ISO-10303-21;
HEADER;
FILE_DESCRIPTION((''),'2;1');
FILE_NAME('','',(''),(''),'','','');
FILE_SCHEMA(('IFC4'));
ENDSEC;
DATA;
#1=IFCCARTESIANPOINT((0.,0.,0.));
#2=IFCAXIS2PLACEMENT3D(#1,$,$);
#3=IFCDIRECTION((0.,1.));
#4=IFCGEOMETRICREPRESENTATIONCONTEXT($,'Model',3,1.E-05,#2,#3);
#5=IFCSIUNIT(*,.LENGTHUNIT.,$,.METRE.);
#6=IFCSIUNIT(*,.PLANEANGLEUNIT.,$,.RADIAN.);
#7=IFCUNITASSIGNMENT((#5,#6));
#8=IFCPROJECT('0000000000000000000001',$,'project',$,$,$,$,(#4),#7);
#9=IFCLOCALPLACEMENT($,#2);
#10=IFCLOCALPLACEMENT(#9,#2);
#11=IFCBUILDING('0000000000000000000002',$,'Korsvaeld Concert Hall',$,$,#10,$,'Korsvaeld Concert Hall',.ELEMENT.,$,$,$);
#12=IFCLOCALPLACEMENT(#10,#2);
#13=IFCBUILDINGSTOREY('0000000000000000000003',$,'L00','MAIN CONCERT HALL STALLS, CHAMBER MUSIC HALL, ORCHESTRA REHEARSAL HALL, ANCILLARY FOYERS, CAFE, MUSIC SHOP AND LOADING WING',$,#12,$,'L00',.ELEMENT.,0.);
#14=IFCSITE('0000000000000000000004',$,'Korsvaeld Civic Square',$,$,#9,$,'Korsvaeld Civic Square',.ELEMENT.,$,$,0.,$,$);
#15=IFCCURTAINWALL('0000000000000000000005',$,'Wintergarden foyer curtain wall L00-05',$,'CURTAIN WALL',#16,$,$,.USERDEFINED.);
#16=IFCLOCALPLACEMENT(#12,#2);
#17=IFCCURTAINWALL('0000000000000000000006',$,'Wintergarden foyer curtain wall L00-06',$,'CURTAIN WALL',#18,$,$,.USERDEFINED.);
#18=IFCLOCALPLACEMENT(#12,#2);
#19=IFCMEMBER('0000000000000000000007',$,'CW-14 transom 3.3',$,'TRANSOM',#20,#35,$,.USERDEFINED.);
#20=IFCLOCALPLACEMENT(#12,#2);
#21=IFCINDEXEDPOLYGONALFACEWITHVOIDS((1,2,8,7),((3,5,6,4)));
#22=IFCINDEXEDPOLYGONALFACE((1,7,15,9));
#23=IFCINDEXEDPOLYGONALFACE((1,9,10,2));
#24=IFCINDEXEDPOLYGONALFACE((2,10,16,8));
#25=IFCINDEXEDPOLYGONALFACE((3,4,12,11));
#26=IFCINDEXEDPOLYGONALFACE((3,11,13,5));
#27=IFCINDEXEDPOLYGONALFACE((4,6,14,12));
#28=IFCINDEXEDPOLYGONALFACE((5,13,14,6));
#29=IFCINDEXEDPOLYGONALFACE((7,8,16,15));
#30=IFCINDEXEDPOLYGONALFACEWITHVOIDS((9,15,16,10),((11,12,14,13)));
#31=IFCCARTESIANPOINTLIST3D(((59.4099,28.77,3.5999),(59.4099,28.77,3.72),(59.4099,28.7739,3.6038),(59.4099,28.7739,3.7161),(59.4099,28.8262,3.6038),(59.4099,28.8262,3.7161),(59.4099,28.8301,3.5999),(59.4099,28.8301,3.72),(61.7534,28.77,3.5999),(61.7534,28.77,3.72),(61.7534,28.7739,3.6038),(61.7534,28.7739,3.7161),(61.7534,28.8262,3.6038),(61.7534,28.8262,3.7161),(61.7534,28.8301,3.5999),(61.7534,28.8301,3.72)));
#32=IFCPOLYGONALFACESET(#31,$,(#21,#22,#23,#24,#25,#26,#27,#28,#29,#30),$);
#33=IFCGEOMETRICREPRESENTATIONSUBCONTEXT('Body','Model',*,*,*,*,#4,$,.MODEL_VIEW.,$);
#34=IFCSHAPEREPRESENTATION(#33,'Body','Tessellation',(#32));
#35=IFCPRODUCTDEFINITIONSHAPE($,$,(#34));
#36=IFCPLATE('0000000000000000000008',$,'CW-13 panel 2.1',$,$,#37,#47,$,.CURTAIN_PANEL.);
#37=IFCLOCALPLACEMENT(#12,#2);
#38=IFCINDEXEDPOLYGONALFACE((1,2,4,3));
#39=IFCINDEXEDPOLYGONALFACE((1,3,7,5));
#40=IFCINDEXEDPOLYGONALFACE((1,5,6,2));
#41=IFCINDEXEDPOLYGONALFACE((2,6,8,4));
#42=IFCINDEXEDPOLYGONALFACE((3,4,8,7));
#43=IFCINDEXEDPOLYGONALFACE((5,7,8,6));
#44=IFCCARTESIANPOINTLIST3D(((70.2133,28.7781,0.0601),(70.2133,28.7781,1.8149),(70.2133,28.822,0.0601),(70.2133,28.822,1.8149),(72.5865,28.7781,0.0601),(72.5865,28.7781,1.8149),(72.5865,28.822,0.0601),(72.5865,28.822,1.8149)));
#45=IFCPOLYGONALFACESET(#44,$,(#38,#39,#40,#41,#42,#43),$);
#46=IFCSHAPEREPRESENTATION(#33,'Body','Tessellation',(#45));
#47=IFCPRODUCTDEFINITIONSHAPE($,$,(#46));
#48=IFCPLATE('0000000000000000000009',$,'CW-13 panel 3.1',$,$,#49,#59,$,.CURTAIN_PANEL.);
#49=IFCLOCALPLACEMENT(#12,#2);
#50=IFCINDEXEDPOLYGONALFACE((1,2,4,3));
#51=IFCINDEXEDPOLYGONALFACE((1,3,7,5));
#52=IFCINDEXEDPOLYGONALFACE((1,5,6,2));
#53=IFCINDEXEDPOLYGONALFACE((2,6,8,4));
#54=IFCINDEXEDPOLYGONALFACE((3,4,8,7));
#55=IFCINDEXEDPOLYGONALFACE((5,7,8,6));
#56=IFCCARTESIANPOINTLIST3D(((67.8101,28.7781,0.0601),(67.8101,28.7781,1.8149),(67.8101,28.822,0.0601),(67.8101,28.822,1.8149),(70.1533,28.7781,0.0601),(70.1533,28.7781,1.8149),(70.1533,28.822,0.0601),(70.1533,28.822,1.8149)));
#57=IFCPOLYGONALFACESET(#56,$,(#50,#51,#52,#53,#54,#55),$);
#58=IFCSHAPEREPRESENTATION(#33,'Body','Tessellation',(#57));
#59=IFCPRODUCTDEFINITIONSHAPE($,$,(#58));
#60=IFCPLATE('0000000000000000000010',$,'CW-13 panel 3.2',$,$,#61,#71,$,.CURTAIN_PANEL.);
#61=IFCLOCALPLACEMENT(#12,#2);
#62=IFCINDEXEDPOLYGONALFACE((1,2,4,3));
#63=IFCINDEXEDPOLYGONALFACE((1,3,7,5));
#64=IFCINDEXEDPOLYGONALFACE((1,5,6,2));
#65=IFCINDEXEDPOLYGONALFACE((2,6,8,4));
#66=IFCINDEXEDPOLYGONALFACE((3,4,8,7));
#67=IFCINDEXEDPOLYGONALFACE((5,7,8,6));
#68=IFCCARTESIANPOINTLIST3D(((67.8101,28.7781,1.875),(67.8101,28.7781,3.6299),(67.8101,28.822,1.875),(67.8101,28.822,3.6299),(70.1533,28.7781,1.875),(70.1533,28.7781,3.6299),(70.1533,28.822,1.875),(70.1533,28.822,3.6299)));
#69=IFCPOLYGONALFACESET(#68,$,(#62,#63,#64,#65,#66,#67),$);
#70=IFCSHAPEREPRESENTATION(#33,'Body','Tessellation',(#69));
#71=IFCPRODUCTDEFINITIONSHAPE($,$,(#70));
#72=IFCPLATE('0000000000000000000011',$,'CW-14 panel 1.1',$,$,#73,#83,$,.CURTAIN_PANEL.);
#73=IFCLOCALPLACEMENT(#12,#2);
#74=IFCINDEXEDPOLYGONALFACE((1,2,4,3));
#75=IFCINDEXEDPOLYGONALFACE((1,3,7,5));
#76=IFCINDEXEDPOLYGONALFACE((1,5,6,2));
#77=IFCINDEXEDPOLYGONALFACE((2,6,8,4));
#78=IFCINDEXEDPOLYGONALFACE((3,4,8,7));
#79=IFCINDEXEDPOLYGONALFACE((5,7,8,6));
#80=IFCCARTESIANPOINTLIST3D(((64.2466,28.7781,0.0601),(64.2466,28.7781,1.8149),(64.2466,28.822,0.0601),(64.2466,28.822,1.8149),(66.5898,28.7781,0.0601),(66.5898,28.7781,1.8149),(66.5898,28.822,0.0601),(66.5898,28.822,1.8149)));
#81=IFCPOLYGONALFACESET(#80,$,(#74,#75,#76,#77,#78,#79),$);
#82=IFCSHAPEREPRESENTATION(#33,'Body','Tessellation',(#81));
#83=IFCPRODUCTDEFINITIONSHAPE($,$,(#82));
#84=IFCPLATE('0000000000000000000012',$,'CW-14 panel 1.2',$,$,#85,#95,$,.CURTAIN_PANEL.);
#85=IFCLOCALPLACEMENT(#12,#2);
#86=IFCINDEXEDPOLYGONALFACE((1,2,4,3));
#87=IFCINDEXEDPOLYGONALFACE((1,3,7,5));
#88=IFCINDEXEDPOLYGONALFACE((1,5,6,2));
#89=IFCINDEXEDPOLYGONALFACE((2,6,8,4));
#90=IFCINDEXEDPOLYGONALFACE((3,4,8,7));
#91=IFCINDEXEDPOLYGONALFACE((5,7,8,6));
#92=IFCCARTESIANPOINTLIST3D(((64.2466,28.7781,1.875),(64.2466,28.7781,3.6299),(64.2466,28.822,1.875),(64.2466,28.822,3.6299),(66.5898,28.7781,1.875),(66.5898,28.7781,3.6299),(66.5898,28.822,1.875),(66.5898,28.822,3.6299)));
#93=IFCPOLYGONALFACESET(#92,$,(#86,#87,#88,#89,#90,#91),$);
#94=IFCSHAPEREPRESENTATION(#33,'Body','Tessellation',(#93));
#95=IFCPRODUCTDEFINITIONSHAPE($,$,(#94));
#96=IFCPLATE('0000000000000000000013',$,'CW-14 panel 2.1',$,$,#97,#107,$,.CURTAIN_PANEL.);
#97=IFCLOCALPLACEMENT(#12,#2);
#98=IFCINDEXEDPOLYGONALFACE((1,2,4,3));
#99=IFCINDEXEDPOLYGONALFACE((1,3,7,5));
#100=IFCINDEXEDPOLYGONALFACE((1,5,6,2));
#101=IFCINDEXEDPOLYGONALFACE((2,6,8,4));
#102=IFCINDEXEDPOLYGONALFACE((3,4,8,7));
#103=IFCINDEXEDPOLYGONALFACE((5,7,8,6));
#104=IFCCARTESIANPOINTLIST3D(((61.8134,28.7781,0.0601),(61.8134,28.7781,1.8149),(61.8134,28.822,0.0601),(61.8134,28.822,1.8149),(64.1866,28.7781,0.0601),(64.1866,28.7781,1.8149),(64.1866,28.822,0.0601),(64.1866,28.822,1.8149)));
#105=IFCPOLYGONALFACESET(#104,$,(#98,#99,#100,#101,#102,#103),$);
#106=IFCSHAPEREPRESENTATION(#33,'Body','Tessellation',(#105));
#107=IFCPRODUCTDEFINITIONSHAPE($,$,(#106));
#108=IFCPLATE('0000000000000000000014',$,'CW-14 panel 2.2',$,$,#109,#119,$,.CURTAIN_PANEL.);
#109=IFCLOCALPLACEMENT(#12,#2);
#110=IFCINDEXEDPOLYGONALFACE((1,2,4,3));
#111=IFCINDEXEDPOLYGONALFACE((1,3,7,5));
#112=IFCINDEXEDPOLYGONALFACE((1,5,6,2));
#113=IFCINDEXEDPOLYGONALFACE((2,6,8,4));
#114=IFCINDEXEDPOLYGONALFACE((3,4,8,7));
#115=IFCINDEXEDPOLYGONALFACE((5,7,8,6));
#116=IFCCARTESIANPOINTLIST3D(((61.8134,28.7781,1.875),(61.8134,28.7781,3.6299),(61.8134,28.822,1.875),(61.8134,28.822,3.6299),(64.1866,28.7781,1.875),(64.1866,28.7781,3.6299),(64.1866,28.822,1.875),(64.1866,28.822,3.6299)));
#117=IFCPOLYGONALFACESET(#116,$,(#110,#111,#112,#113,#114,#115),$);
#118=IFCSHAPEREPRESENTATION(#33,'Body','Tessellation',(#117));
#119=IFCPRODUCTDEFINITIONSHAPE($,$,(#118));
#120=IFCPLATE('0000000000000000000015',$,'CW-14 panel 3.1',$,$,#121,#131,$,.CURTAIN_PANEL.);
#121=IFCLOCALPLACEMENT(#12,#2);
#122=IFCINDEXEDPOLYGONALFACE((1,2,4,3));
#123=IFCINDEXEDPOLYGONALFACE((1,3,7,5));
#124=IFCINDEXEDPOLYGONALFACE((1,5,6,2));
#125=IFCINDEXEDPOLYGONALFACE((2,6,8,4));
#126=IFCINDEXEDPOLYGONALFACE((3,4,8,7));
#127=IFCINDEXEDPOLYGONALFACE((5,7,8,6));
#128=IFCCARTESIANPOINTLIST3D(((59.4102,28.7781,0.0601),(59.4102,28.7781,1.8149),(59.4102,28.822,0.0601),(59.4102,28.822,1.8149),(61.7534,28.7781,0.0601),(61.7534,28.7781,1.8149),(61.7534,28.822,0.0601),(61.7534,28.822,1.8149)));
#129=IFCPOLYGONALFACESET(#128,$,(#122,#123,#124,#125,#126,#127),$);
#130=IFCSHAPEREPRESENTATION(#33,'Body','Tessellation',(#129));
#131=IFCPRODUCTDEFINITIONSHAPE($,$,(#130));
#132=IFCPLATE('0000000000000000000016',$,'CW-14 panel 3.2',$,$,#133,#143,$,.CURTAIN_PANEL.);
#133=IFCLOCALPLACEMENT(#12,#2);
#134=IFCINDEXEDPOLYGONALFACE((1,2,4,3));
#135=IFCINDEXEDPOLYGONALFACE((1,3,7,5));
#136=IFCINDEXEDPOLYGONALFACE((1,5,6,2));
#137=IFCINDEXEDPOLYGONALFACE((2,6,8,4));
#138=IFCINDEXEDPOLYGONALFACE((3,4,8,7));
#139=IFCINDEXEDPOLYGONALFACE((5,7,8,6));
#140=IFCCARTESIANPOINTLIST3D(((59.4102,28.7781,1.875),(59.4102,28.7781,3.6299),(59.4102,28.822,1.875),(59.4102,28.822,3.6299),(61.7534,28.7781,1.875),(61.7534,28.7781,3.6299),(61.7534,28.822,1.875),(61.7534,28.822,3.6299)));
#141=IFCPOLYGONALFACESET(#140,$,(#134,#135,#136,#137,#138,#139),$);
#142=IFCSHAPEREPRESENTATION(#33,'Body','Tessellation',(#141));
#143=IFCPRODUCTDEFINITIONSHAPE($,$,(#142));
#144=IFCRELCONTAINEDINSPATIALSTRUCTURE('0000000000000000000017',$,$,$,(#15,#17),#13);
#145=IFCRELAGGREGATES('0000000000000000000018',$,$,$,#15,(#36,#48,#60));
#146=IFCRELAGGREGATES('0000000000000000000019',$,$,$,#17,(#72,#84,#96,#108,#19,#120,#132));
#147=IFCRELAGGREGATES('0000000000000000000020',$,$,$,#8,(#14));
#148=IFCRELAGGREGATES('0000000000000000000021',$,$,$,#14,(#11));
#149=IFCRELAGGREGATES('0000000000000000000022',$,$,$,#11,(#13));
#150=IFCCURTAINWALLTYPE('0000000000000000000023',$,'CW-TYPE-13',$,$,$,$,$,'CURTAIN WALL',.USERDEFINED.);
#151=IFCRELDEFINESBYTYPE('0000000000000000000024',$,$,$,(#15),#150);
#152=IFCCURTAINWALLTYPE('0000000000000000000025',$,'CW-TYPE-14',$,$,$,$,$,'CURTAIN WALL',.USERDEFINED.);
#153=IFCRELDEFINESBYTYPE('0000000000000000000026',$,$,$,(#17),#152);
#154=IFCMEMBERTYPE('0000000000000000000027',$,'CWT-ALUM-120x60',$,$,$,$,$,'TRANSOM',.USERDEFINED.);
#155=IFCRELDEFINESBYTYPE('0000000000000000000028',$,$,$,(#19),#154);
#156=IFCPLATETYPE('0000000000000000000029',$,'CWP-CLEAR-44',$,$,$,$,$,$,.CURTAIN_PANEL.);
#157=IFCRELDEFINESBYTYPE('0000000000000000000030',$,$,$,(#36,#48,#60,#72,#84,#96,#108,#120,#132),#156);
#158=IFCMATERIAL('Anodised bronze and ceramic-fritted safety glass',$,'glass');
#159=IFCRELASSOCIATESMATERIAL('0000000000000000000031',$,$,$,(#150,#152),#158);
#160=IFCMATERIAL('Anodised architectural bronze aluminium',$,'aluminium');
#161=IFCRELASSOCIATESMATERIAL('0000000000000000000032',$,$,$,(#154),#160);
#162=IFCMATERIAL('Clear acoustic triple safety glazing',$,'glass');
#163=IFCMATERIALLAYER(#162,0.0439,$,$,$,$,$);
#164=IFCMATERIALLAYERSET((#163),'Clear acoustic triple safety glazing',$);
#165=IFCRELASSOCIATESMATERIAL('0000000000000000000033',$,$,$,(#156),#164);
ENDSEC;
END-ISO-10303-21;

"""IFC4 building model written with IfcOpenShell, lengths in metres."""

from ifc_helpers import new_model, si_unit, direction, frame, origin, origin_2d, place, context, subcontext, project, spatial, rectangle, hollow_rectangle, extrude, material, layer, layer_set, material_profile, profile_set, type_object, element, aggregate, save


model = new_model("IFC4")

# Units and contexts
model_context = context("Model", 3, precision=1e-05, world=origin(), true_north=direction((0.0, 1.0)))
body_context = subcontext(model_context, "Body", "Model", "MODEL_VIEW")
ifc_project = project(units=[si_unit("LENGTHUNIT", "METRE"), si_unit("PLANEANGLEUNIT", "RADIAN")], contexts=[model_context])

# Site, building, storey
site_placement = place(None, origin())
site = spatial("IfcSite", under=ifc_project, at=site_placement, Name="Korsvaeld Civic Square", LongName="Korsvaeld Civic Square", CompositionType="ELEMENT", RefElevation=0.0)
building_placement = place(site_placement, origin())
building = spatial("IfcBuilding", under=site, at=building_placement, Name="Korsvaeld Concert Hall", LongName="Korsvaeld Concert Hall", CompositionType="ELEMENT")
storey_placement = place(building_placement, origin())
storey = spatial("IfcBuildingStorey", under=building, at=storey_placement, Name="L00", Description="MAIN CONCERT HALL STALLS, CHAMBER MUSIC HALL, ORCHESTRA REHEARSAL HALL, ANCILLARY FOYERS, CAFE, MUSIC SHOP AND LOADING WING", LongName="L00", CompositionType="ELEMENT", Elevation=0.0)

# Curtain walls
ifc_material_1 = material(Name="Anodised bronze and ceramic-fritted safety glass", Category="glass")
curtain_wall_type_1 = type_object("IfcCurtainWallType", Name="CW-TYPE-13", ElementType="CURTAIN WALL", PredefinedType="USERDEFINED", material=ifc_material_1)
curtain_wall_1_placement = place(storey_placement, origin())
curtain_wall_1 = element("IfcCurtainWall", 1, at=curtain_wall_1_placement, inside=storey, type_object=curtain_wall_type_1, Name="Wintergarden foyer curtain wall L00-05", ObjectType="CURTAIN WALL", PredefinedType="USERDEFINED")
ifc_material_2 = material(Name="Anodised architectural bronze aluminium", Category="aluminium")
curtain_wall_type_2 = type_object("IfcCurtainWallType", Name="CW-TYPE-14", ElementType="CURTAIN WALL", PredefinedType="USERDEFINED", material=ifc_material_1)
curtain_wall_2_placement = place(storey_placement, origin())
curtain_wall_2 = element("IfcCurtainWall", 2, at=curtain_wall_2_placement, inside=storey, type_object=curtain_wall_type_2, Name="Wintergarden foyer curtain wall L00-06", ObjectType="CURTAIN WALL", PredefinedType="USERDEFINED")

# Member
ifc_material_profile_1 = material_profile(ifc_material_2, hollow_rectangle(XDim=0.0601, YDim=0.1201, WallThickness=0.0039, at=origin_2d()), Name="CWT 120x60x4")
ifc_profile_set_1 = profile_set([ifc_material_profile_1], Name="Anodised architectural bronze aluminium")
member_type_1 = type_object("IfcMemberType", Name="CWT-ALUM-120x60", ElementType="TRANSOM", PredefinedType="USERDEFINED", material=ifc_profile_set_1)
member_1_placement = place(storey_placement, frame((61.7534, 28.8, 3.6599), z_axis=(-1.0, 0.0, 0.0), x_axis=(0.0, -1.0, 0.0)))
member_1 = element("IfcMember", 3, at=member_1_placement, type_object=member_type_1, Name="CW-14 transom 3.3", ObjectType="TRANSOM", PredefinedType="USERDEFINED", context=body_context, shape_type="SweptSolid", body=[
    extrude(hollow_rectangle(XDim=0.0601, YDim=0.1201, WallThickness=0.0039, at=origin_2d()), origin(), (0.0, 0.0, 1.0), 2.3435),
])

# Plates
ifc_material_3 = material(Name="Clear acoustic triple safety glazing", Category="glass")
ifc_layer = layer(ifc_material_3, 0.0439)
ifc_layer_set = layer_set([ifc_layer], Name="Clear acoustic triple safety glazing")
plate_type = type_object("IfcPlateType", Name="CWP-CLEAR-44", PredefinedType="CURTAIN_PANEL", material=ifc_layer_set)
plate_1_placement = place(storey_placement, frame((71.3999, 28.8, 0.0601), z_axis=(0.0, 0.0, 1.0), x_axis=(-1.0, 0.0, 0.0)))
plate_1 = element("IfcPlate", 4, at=plate_1_placement, type_object=plate_type, Name="CW-13 panel 2.1", PredefinedType="CURTAIN_PANEL", context=body_context, shape_type="SweptSolid", body=[
    extrude(rectangle(XDim=2.3733, YDim=0.0439, at=origin_2d()), origin(), (0.0, 0.0, 1.0), 1.7549),
])
plate_2_placement = place(storey_placement, frame((68.9817, 28.8, 0.0601), z_axis=(0.0, 0.0, 1.0), x_axis=(-1.0, 0.0, 0.0)))
plate_2 = element("IfcPlate", 5, at=plate_2_placement, type_object=plate_type, Name="CW-13 panel 3.1", PredefinedType="CURTAIN_PANEL", context=body_context, shape_type="SweptSolid", body=[
    extrude(rectangle(XDim=2.3433, YDim=0.0439, at=origin_2d()), origin(), (0.0, 0.0, 1.0), 1.7549),
])
plate_3_placement = place(storey_placement, frame((68.9817, 28.8, 1.875), z_axis=(0.0, 0.0, 1.0), x_axis=(-1.0, 0.0, 0.0)))
plate_3 = element("IfcPlate", 6, at=plate_3_placement, type_object=plate_type, Name="CW-13 panel 3.2", PredefinedType="CURTAIN_PANEL", context=body_context, shape_type="SweptSolid", body=[
    extrude(rectangle(XDim=2.3433, YDim=0.0439, at=origin_2d()), origin(), (0.0, 0.0, 1.0), 1.7549),
])
aggregate(curtain_wall_1, [plate_1, plate_2, plate_3])
plate_4_placement = place(storey_placement, frame((65.4182, 28.8, 0.0601), z_axis=(0.0, 0.0, 1.0), x_axis=(-1.0, 0.0, 0.0)))
plate_4 = element("IfcPlate", 7, at=plate_4_placement, type_object=plate_type, Name="CW-14 panel 1.1", PredefinedType="CURTAIN_PANEL", context=body_context, shape_type="SweptSolid", body=[
    extrude(rectangle(XDim=2.3433, YDim=0.0439, at=origin_2d()), origin(), (0.0, 0.0, 1.0), 1.7549),
])
plate_5_placement = place(storey_placement, frame((65.4182, 28.8, 1.875), z_axis=(0.0, 0.0, 1.0), x_axis=(-1.0, 0.0, 0.0)))
plate_5 = element("IfcPlate", 8, at=plate_5_placement, type_object=plate_type, Name="CW-14 panel 1.2", PredefinedType="CURTAIN_PANEL", context=body_context, shape_type="SweptSolid", body=[
    extrude(rectangle(XDim=2.3433, YDim=0.0439, at=origin_2d()), origin(), (0.0, 0.0, 1.0), 1.7549),
])
plate_6_placement = place(storey_placement, frame((63.0, 28.8, 0.0601), z_axis=(0.0, 0.0, 1.0), x_axis=(-1.0, 0.0, 0.0)))
plate_6 = element("IfcPlate", 9, at=plate_6_placement, type_object=plate_type, Name="CW-14 panel 2.1", PredefinedType="CURTAIN_PANEL", context=body_context, shape_type="SweptSolid", body=[
    extrude(rectangle(XDim=2.3733, YDim=0.0439, at=origin_2d()), origin(), (0.0, 0.0, 1.0), 1.7549),
])
plate_7_placement = place(storey_placement, frame((63.0, 28.8, 1.875), z_axis=(0.0, 0.0, 1.0), x_axis=(-1.0, 0.0, 0.0)))
plate_7 = element("IfcPlate", 10, at=plate_7_placement, type_object=plate_type, Name="CW-14 panel 2.2", PredefinedType="CURTAIN_PANEL", context=body_context, shape_type="SweptSolid", body=[
    extrude(rectangle(XDim=2.3733, YDim=0.0439, at=origin_2d()), origin(), (0.0, 0.0, 1.0), 1.7549),
])
plate_8_placement = place(storey_placement, frame((60.5818, 28.8, 0.0601), z_axis=(0.0, 0.0, 1.0), x_axis=(-1.0, 0.0, 0.0)))
plate_8 = element("IfcPlate", 11, at=plate_8_placement, type_object=plate_type, Name="CW-14 panel 3.1", PredefinedType="CURTAIN_PANEL", context=body_context, shape_type="SweptSolid", body=[
    extrude(rectangle(XDim=2.3433, YDim=0.0439, at=origin_2d()), origin(), (0.0, 0.0, 1.0), 1.7549),
])
plate_9_placement = place(storey_placement, frame((60.5818, 28.8, 1.875), z_axis=(0.0, 0.0, 1.0), x_axis=(-1.0, 0.0, 0.0)))
plate_9 = element("IfcPlate", 12, at=plate_9_placement, type_object=plate_type, Name="CW-14 panel 3.2", PredefinedType="CURTAIN_PANEL", context=body_context, shape_type="SweptSolid", body=[
    extrude(rectangle(XDim=2.3433, YDim=0.0439, at=origin_2d()), origin(), (0.0, 0.0, 1.0), 1.7549),
])
aggregate(curtain_wall_2, [plate_4, plate_5, plate_6, plate_7, member_1, plate_8, plate_9])

save(model, "model.ifc")
